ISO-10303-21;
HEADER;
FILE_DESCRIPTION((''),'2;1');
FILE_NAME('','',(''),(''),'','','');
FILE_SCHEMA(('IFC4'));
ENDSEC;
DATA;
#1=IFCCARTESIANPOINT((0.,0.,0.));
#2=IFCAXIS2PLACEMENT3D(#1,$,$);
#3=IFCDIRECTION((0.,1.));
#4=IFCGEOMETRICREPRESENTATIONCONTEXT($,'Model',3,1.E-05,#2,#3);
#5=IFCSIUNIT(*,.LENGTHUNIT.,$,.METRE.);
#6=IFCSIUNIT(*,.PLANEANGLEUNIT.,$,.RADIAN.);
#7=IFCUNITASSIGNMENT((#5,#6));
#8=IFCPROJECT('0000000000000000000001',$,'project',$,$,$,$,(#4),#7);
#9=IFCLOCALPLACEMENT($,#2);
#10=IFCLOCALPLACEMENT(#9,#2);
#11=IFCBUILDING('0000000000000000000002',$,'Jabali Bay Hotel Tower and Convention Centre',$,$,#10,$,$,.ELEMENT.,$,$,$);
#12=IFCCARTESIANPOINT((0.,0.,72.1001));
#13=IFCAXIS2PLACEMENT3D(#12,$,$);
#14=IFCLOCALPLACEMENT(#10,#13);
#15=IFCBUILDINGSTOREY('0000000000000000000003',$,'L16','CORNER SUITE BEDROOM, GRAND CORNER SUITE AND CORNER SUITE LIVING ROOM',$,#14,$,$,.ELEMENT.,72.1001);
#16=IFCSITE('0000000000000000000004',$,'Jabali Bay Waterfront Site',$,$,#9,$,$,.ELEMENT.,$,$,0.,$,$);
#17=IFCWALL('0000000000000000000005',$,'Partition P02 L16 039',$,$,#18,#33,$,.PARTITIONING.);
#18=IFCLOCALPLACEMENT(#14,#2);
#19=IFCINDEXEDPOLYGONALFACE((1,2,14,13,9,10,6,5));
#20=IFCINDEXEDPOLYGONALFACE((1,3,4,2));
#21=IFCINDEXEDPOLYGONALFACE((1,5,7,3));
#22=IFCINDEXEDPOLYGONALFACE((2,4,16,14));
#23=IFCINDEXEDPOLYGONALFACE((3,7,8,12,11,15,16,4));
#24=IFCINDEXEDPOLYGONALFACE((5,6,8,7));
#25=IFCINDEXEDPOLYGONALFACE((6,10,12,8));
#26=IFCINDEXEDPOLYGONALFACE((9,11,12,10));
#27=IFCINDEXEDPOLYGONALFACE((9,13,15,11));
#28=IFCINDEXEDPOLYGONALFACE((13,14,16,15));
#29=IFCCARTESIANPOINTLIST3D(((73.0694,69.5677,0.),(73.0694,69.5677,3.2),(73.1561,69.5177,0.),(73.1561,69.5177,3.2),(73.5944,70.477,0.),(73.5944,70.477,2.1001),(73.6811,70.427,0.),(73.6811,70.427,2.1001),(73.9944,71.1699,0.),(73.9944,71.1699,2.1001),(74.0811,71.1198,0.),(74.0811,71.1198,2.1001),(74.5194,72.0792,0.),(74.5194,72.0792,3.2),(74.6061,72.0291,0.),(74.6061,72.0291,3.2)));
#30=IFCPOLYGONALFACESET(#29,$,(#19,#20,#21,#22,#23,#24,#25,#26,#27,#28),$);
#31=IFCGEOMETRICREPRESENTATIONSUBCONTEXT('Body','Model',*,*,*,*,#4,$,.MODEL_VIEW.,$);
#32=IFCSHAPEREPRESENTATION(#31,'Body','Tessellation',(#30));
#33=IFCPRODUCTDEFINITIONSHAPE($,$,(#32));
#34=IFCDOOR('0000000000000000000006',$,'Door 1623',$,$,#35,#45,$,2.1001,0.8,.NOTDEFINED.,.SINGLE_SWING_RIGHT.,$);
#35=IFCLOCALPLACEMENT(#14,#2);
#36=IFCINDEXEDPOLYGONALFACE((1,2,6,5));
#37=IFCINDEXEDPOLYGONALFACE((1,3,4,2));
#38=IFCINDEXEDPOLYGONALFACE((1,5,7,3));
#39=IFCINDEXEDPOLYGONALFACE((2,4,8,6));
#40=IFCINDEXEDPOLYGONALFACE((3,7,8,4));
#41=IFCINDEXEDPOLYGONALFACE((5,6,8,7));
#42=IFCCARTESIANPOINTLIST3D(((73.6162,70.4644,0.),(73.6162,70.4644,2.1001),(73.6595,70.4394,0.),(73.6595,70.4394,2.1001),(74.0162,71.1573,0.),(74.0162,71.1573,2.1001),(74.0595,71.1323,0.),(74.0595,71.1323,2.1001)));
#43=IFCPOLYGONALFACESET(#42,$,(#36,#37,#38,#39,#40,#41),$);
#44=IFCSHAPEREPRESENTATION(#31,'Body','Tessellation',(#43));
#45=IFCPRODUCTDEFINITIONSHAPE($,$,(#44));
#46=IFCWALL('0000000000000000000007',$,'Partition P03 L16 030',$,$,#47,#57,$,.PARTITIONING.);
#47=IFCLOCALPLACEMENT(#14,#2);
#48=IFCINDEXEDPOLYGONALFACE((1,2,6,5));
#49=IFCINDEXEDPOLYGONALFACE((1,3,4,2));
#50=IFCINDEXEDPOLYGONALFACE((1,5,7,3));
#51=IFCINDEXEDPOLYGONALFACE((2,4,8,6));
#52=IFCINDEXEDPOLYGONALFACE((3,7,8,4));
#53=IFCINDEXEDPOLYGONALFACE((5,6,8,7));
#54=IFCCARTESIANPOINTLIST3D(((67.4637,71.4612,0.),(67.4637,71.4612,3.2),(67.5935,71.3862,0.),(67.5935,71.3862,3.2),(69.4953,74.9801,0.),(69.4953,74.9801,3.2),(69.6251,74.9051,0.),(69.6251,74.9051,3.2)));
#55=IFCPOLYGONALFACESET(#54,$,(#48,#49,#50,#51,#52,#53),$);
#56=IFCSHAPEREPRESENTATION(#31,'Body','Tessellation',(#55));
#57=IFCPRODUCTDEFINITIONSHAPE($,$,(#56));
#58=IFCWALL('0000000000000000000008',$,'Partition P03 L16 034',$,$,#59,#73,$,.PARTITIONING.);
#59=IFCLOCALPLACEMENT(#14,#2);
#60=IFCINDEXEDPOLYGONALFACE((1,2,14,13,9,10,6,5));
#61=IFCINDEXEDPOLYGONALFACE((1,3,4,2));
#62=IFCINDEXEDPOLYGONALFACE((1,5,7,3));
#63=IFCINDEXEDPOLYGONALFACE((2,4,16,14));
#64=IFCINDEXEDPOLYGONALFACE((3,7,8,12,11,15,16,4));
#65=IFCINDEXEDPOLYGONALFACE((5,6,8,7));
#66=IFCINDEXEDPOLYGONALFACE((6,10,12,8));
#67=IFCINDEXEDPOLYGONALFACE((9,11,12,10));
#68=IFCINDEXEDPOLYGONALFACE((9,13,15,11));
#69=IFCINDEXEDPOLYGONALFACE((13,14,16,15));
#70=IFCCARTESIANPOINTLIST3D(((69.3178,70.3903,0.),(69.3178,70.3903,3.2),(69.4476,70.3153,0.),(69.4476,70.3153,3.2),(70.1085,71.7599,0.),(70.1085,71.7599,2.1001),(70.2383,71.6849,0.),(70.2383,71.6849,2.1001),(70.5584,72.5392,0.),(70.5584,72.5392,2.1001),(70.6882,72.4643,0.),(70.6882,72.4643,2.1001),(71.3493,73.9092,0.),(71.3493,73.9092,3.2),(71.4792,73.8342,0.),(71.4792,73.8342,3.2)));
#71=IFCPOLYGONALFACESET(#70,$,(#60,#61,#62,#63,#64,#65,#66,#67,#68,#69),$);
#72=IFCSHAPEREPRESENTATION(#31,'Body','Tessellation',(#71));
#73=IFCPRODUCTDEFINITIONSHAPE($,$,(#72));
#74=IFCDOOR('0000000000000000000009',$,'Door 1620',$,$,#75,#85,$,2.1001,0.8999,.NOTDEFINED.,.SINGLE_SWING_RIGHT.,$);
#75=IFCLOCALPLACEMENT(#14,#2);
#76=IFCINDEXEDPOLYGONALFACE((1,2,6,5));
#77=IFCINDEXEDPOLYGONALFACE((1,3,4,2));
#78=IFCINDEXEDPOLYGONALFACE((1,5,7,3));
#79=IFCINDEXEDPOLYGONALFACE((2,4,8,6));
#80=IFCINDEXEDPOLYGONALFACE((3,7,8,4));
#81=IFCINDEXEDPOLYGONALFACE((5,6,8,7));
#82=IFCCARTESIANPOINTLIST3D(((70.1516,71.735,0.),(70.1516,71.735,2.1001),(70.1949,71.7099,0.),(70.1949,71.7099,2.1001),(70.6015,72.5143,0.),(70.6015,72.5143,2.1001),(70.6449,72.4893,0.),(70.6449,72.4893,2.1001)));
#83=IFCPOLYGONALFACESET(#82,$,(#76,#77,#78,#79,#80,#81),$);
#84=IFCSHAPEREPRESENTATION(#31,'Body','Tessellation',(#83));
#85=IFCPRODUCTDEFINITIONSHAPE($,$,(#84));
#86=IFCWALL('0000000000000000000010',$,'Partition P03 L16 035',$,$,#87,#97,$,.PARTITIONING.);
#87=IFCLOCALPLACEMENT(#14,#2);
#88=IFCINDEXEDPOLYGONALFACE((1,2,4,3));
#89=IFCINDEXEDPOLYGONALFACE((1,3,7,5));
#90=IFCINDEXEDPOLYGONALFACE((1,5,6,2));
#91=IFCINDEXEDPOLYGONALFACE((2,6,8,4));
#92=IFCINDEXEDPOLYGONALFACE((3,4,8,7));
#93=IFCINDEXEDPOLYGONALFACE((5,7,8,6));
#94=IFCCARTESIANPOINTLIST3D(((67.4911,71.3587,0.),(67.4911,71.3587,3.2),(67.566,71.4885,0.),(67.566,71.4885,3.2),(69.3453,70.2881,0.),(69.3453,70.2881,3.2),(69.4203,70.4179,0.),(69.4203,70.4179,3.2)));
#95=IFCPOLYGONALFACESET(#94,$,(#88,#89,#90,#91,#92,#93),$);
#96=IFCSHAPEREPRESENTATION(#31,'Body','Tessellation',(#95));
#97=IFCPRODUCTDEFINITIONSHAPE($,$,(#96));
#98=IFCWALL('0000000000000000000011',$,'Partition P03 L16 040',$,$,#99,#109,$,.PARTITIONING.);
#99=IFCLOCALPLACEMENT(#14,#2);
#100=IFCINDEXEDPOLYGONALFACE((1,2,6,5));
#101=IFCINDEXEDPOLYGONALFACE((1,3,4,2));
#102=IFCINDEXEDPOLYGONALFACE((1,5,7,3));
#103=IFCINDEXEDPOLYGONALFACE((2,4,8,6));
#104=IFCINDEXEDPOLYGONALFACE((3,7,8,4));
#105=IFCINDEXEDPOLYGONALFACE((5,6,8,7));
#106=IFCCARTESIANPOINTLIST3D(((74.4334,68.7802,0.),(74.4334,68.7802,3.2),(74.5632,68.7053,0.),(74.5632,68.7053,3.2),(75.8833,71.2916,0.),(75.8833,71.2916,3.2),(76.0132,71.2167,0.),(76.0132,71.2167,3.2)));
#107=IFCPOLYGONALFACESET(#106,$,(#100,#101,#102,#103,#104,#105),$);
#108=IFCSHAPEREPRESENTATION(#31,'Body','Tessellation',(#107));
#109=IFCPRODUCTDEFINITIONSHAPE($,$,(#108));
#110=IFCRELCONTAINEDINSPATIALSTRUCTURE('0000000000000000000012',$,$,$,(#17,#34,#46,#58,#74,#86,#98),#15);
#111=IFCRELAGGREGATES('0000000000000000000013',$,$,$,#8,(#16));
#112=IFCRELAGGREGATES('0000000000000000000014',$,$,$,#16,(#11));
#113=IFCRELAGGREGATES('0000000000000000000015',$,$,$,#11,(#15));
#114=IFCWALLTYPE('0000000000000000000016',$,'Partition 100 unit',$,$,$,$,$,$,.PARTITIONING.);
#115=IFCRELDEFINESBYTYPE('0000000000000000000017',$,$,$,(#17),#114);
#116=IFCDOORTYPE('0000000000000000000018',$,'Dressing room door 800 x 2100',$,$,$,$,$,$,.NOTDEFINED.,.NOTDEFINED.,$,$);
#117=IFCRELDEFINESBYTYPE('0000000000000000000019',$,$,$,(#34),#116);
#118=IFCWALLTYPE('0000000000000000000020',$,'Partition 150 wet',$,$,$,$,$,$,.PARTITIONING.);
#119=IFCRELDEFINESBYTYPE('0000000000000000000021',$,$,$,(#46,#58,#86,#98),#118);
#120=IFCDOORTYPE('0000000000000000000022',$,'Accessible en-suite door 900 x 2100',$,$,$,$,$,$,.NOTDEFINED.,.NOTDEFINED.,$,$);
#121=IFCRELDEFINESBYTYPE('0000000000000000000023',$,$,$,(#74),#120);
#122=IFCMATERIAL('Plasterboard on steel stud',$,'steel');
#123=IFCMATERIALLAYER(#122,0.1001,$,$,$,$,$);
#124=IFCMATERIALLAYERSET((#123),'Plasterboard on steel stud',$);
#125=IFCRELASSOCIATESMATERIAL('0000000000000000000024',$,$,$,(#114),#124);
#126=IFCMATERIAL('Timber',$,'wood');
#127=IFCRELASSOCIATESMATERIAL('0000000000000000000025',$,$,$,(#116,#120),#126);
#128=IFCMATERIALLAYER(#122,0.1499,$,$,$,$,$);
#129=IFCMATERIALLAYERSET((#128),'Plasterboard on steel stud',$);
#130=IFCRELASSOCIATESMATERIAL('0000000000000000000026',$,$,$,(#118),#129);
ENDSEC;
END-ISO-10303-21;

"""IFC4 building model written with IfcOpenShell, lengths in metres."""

from ifc_helpers import new_model, si_unit, direction, frame, frame_2d, origin, place, context, subcontext, project, spatial, rectangle, extrude, material, layer, layer_set, type_object, element, fill, save


model = new_model("IFC4")

# Units and contexts
model_context = context("Model", 3, precision=1e-05, world=origin(), true_north=direction((0.0, 1.0)))
body_context = subcontext(model_context, "Body", "Model", "MODEL_VIEW")
ifc_project = project(units=[si_unit("LENGTHUNIT", "METRE"), si_unit("PLANEANGLEUNIT", "RADIAN")], contexts=[model_context])

# Site, building, storey
site_placement = place(None, origin())
site = spatial("IfcSite", under=ifc_project, at=site_placement, Name="Jabali Bay Waterfront Site", CompositionType="ELEMENT", RefElevation=0.0)
building_placement = place(site_placement, origin())
building = spatial("IfcBuilding", under=site, at=building_placement, Name="Jabali Bay Hotel Tower and Convention Centre", CompositionType="ELEMENT")
storey_placement = place(building_placement, frame((0.0, 0.0, 72.1001)))
storey = spatial("IfcBuildingStorey", under=building, at=storey_placement, Name="L16", Description="CORNER SUITE BEDROOM, GRAND CORNER SUITE AND CORNER SUITE LIVING ROOM", CompositionType="ELEMENT", Elevation=72.1001)

# Shared definitions
ifc_material_1 = material(Name="Timber", Category="wood")

# Wall, opening, door
ifc_material_2 = material(Name="Plasterboard on steel stud", Category="steel")
ifc_layer_1 = layer(ifc_material_2, 0.1001)
ifc_layer_set_1 = layer_set([ifc_layer_1], Name="Plasterboard on steel stud")
wall_type_1 = type_object("IfcWallType", Name="Partition 100 unit", PredefinedType="PARTITIONING", material=ifc_layer_set_1)
wall_1_placement = place(storey_placement, frame((73.1128, 69.5427, 0.0), z_axis=(0.0, 0.0, 1.0), x_axis=(0.499987, 0.866033, 0.0)))
wall_1 = element("IfcWall", 1, at=wall_1_placement, inside=storey, type_object=wall_type_1, Name="Partition P02 L16 039", PredefinedType="PARTITIONING", context=body_context, shape_type="SweptSolid", body=[
    extrude(rectangle(XDim=2.8999, YDim=0.1001, at=frame_2d((1.45, 0.0))), origin(), (0.0, 0.0, 1.0), 3.2),
])
opening_1_placement = place(wall_1_placement, frame((1.05, 0.0, 0.0)))
opening_1 = element("IfcOpeningElement", 2, at=opening_1_placement, cuts=wall_1, PredefinedType="OPENING", context=body_context, shape_type="SweptSolid", body=[
    extrude(rectangle(XDim=0.8, YDim=2.1001, at=frame_2d((0.3999, 1.05))), frame((0.0, 0.0605, 0.0), z_axis=(0.0, -1.0, 0.0), x_axis=(1.0, 0.0, 0.0)), (0.0, 0.0, 1.0), 0.1211),
])
door_type_1 = type_object("IfcDoorType", Name="Dressing room door 800 x 2100", OperationType="NOTDEFINED", PredefinedType="NOTDEFINED", material=ifc_material_1)
door_1_placement = place(opening_1_placement, origin())
door_1 = element("IfcDoor", 3, at=door_1_placement, inside=storey, type_object=door_type_1, Name="Door 1623", OperationType="SINGLE_SWING_RIGHT", OverallHeight=2.1001, OverallWidth=0.8, PredefinedType="NOTDEFINED", context=body_context, shape_type="SweptSolid", body=[
    extrude(rectangle(XDim=0.8, YDim=2.1001, at=frame_2d((0.3999, 1.05))), frame((0.0, 0.0249, 0.0), z_axis=(0.0, -1.0, 0.0), x_axis=(1.0, 0.0, 0.0)), (0.0, 0.0, 1.0), 0.05),
])
fill(opening_1, door_1)

# Wall
ifc_layer_2 = layer(ifc_material_2, 0.1499)
ifc_layer_set_2 = layer_set([ifc_layer_2], Name="Plasterboard on steel stud")
wall_type_2 = type_object("IfcWallType", Name="Partition 150 wet", PredefinedType="PARTITIONING", material=ifc_layer_set_2)
wall_2_placement = place(storey_placement, frame((67.5286, 71.4236, 0.0), z_axis=(0.0, 0.0, 1.0), x_axis=(0.499984, 0.866034, 0.0)))
element("IfcWall", 4, at=wall_2_placement, inside=storey, type_object=wall_type_2, Name="Partition P03 L16 030", PredefinedType="PARTITIONING", context=body_context, shape_type="SweptSolid", body=[
    extrude(rectangle(XDim=4.0632, YDim=0.1499, at=frame_2d((2.0317, 0.0))), origin(), (0.0, 0.0, 1.0), 3.2),
])

# Wall, opening, door
wall_3_placement = place(storey_placement, frame((71.4143, 73.8718, 0.0), z_axis=(0.0, 0.0, 1.0), x_axis=(-0.499984, -0.866034, 0.0)))
wall_3 = element("IfcWall", 5, at=wall_3_placement, inside=storey, type_object=wall_type_2, Name="Partition P03 L16 034", PredefinedType="PARTITIONING", context=body_context, shape_type="SweptSolid", body=[
    extrude(rectangle(XDim=4.0632, YDim=0.1499, at=frame_2d((2.0317, 0.0))), origin(), (0.0, 0.0, 1.0), 3.2),
])
opening_2_placement = place(wall_3_placement, frame((1.582, 0.0, 0.0)))
opening_2 = element("IfcOpeningElement", 6, at=opening_2_placement, cuts=wall_3, PredefinedType="OPENING", context=body_context, shape_type="SweptSolid", body=[
    extrude(rectangle(XDim=0.8999, YDim=2.1001, at=frame_2d((0.45, 1.05))), frame((0.0, 0.0854, 0.0), z_axis=(0.0, -1.0, 0.0), x_axis=(1.0, 0.0, 0.0)), (0.0, 0.0, 1.0), 0.1709),
])
door_type_2 = type_object("IfcDoorType", Name="Accessible en-suite door 900 x 2100", OperationType="NOTDEFINED", PredefinedType="NOTDEFINED", material=ifc_material_1)
door_2_placement = place(opening_2_placement, origin())
door_2 = element("IfcDoor", 7, at=door_2_placement, inside=storey, type_object=door_type_2, Name="Door 1620", OperationType="SINGLE_SWING_RIGHT", OverallHeight=2.1001, OverallWidth=0.8999, PredefinedType="NOTDEFINED", context=body_context, shape_type="SweptSolid", body=[
    extrude(rectangle(XDim=0.8999, YDim=2.1001, at=frame_2d((0.45, 1.05))), frame((0.0, 0.0249, 0.0), z_axis=(0.0, -1.0, 0.0), x_axis=(1.0, 0.0, 0.0)), (0.0, 0.0, 1.0), 0.05),
])
fill(opening_2, door_2)

# Walls
wall_4_placement = place(storey_placement, frame((69.3828, 70.353, 0.0), z_axis=(0.0, 0.0, 1.0), x_axis=(-0.866024, 0.500002, 0.0)))
element("IfcWall", 8, at=wall_4_placement, inside=storey, type_object=wall_type_2, Name="Partition P03 L16 035", PredefinedType="PARTITIONING", context=body_context, shape_type="SweptSolid", body=[
    extrude(rectangle(XDim=2.1411, YDim=0.1499, at=frame_2d((1.0706, 0.0))), origin(), (0.0, 0.0, 1.0), 3.2),
])
wall_5_placement = place(storey_placement, frame((75.9482, 71.2542, 0.0), z_axis=(0.0, 0.0, 1.0), x_axis=(-0.499987, -0.866033, 0.0)))
element("IfcWall", 9, at=wall_5_placement, inside=storey, type_object=wall_type_2, Name="Partition P03 L16 040", PredefinedType="PARTITIONING", context=body_context, shape_type="SweptSolid", body=[
    extrude(rectangle(XDim=2.8999, YDim=0.1499, at=frame_2d((1.45, 0.0))), origin(), (0.0, 0.0, 1.0), 3.2),
])

save(model, "model.ifc")
